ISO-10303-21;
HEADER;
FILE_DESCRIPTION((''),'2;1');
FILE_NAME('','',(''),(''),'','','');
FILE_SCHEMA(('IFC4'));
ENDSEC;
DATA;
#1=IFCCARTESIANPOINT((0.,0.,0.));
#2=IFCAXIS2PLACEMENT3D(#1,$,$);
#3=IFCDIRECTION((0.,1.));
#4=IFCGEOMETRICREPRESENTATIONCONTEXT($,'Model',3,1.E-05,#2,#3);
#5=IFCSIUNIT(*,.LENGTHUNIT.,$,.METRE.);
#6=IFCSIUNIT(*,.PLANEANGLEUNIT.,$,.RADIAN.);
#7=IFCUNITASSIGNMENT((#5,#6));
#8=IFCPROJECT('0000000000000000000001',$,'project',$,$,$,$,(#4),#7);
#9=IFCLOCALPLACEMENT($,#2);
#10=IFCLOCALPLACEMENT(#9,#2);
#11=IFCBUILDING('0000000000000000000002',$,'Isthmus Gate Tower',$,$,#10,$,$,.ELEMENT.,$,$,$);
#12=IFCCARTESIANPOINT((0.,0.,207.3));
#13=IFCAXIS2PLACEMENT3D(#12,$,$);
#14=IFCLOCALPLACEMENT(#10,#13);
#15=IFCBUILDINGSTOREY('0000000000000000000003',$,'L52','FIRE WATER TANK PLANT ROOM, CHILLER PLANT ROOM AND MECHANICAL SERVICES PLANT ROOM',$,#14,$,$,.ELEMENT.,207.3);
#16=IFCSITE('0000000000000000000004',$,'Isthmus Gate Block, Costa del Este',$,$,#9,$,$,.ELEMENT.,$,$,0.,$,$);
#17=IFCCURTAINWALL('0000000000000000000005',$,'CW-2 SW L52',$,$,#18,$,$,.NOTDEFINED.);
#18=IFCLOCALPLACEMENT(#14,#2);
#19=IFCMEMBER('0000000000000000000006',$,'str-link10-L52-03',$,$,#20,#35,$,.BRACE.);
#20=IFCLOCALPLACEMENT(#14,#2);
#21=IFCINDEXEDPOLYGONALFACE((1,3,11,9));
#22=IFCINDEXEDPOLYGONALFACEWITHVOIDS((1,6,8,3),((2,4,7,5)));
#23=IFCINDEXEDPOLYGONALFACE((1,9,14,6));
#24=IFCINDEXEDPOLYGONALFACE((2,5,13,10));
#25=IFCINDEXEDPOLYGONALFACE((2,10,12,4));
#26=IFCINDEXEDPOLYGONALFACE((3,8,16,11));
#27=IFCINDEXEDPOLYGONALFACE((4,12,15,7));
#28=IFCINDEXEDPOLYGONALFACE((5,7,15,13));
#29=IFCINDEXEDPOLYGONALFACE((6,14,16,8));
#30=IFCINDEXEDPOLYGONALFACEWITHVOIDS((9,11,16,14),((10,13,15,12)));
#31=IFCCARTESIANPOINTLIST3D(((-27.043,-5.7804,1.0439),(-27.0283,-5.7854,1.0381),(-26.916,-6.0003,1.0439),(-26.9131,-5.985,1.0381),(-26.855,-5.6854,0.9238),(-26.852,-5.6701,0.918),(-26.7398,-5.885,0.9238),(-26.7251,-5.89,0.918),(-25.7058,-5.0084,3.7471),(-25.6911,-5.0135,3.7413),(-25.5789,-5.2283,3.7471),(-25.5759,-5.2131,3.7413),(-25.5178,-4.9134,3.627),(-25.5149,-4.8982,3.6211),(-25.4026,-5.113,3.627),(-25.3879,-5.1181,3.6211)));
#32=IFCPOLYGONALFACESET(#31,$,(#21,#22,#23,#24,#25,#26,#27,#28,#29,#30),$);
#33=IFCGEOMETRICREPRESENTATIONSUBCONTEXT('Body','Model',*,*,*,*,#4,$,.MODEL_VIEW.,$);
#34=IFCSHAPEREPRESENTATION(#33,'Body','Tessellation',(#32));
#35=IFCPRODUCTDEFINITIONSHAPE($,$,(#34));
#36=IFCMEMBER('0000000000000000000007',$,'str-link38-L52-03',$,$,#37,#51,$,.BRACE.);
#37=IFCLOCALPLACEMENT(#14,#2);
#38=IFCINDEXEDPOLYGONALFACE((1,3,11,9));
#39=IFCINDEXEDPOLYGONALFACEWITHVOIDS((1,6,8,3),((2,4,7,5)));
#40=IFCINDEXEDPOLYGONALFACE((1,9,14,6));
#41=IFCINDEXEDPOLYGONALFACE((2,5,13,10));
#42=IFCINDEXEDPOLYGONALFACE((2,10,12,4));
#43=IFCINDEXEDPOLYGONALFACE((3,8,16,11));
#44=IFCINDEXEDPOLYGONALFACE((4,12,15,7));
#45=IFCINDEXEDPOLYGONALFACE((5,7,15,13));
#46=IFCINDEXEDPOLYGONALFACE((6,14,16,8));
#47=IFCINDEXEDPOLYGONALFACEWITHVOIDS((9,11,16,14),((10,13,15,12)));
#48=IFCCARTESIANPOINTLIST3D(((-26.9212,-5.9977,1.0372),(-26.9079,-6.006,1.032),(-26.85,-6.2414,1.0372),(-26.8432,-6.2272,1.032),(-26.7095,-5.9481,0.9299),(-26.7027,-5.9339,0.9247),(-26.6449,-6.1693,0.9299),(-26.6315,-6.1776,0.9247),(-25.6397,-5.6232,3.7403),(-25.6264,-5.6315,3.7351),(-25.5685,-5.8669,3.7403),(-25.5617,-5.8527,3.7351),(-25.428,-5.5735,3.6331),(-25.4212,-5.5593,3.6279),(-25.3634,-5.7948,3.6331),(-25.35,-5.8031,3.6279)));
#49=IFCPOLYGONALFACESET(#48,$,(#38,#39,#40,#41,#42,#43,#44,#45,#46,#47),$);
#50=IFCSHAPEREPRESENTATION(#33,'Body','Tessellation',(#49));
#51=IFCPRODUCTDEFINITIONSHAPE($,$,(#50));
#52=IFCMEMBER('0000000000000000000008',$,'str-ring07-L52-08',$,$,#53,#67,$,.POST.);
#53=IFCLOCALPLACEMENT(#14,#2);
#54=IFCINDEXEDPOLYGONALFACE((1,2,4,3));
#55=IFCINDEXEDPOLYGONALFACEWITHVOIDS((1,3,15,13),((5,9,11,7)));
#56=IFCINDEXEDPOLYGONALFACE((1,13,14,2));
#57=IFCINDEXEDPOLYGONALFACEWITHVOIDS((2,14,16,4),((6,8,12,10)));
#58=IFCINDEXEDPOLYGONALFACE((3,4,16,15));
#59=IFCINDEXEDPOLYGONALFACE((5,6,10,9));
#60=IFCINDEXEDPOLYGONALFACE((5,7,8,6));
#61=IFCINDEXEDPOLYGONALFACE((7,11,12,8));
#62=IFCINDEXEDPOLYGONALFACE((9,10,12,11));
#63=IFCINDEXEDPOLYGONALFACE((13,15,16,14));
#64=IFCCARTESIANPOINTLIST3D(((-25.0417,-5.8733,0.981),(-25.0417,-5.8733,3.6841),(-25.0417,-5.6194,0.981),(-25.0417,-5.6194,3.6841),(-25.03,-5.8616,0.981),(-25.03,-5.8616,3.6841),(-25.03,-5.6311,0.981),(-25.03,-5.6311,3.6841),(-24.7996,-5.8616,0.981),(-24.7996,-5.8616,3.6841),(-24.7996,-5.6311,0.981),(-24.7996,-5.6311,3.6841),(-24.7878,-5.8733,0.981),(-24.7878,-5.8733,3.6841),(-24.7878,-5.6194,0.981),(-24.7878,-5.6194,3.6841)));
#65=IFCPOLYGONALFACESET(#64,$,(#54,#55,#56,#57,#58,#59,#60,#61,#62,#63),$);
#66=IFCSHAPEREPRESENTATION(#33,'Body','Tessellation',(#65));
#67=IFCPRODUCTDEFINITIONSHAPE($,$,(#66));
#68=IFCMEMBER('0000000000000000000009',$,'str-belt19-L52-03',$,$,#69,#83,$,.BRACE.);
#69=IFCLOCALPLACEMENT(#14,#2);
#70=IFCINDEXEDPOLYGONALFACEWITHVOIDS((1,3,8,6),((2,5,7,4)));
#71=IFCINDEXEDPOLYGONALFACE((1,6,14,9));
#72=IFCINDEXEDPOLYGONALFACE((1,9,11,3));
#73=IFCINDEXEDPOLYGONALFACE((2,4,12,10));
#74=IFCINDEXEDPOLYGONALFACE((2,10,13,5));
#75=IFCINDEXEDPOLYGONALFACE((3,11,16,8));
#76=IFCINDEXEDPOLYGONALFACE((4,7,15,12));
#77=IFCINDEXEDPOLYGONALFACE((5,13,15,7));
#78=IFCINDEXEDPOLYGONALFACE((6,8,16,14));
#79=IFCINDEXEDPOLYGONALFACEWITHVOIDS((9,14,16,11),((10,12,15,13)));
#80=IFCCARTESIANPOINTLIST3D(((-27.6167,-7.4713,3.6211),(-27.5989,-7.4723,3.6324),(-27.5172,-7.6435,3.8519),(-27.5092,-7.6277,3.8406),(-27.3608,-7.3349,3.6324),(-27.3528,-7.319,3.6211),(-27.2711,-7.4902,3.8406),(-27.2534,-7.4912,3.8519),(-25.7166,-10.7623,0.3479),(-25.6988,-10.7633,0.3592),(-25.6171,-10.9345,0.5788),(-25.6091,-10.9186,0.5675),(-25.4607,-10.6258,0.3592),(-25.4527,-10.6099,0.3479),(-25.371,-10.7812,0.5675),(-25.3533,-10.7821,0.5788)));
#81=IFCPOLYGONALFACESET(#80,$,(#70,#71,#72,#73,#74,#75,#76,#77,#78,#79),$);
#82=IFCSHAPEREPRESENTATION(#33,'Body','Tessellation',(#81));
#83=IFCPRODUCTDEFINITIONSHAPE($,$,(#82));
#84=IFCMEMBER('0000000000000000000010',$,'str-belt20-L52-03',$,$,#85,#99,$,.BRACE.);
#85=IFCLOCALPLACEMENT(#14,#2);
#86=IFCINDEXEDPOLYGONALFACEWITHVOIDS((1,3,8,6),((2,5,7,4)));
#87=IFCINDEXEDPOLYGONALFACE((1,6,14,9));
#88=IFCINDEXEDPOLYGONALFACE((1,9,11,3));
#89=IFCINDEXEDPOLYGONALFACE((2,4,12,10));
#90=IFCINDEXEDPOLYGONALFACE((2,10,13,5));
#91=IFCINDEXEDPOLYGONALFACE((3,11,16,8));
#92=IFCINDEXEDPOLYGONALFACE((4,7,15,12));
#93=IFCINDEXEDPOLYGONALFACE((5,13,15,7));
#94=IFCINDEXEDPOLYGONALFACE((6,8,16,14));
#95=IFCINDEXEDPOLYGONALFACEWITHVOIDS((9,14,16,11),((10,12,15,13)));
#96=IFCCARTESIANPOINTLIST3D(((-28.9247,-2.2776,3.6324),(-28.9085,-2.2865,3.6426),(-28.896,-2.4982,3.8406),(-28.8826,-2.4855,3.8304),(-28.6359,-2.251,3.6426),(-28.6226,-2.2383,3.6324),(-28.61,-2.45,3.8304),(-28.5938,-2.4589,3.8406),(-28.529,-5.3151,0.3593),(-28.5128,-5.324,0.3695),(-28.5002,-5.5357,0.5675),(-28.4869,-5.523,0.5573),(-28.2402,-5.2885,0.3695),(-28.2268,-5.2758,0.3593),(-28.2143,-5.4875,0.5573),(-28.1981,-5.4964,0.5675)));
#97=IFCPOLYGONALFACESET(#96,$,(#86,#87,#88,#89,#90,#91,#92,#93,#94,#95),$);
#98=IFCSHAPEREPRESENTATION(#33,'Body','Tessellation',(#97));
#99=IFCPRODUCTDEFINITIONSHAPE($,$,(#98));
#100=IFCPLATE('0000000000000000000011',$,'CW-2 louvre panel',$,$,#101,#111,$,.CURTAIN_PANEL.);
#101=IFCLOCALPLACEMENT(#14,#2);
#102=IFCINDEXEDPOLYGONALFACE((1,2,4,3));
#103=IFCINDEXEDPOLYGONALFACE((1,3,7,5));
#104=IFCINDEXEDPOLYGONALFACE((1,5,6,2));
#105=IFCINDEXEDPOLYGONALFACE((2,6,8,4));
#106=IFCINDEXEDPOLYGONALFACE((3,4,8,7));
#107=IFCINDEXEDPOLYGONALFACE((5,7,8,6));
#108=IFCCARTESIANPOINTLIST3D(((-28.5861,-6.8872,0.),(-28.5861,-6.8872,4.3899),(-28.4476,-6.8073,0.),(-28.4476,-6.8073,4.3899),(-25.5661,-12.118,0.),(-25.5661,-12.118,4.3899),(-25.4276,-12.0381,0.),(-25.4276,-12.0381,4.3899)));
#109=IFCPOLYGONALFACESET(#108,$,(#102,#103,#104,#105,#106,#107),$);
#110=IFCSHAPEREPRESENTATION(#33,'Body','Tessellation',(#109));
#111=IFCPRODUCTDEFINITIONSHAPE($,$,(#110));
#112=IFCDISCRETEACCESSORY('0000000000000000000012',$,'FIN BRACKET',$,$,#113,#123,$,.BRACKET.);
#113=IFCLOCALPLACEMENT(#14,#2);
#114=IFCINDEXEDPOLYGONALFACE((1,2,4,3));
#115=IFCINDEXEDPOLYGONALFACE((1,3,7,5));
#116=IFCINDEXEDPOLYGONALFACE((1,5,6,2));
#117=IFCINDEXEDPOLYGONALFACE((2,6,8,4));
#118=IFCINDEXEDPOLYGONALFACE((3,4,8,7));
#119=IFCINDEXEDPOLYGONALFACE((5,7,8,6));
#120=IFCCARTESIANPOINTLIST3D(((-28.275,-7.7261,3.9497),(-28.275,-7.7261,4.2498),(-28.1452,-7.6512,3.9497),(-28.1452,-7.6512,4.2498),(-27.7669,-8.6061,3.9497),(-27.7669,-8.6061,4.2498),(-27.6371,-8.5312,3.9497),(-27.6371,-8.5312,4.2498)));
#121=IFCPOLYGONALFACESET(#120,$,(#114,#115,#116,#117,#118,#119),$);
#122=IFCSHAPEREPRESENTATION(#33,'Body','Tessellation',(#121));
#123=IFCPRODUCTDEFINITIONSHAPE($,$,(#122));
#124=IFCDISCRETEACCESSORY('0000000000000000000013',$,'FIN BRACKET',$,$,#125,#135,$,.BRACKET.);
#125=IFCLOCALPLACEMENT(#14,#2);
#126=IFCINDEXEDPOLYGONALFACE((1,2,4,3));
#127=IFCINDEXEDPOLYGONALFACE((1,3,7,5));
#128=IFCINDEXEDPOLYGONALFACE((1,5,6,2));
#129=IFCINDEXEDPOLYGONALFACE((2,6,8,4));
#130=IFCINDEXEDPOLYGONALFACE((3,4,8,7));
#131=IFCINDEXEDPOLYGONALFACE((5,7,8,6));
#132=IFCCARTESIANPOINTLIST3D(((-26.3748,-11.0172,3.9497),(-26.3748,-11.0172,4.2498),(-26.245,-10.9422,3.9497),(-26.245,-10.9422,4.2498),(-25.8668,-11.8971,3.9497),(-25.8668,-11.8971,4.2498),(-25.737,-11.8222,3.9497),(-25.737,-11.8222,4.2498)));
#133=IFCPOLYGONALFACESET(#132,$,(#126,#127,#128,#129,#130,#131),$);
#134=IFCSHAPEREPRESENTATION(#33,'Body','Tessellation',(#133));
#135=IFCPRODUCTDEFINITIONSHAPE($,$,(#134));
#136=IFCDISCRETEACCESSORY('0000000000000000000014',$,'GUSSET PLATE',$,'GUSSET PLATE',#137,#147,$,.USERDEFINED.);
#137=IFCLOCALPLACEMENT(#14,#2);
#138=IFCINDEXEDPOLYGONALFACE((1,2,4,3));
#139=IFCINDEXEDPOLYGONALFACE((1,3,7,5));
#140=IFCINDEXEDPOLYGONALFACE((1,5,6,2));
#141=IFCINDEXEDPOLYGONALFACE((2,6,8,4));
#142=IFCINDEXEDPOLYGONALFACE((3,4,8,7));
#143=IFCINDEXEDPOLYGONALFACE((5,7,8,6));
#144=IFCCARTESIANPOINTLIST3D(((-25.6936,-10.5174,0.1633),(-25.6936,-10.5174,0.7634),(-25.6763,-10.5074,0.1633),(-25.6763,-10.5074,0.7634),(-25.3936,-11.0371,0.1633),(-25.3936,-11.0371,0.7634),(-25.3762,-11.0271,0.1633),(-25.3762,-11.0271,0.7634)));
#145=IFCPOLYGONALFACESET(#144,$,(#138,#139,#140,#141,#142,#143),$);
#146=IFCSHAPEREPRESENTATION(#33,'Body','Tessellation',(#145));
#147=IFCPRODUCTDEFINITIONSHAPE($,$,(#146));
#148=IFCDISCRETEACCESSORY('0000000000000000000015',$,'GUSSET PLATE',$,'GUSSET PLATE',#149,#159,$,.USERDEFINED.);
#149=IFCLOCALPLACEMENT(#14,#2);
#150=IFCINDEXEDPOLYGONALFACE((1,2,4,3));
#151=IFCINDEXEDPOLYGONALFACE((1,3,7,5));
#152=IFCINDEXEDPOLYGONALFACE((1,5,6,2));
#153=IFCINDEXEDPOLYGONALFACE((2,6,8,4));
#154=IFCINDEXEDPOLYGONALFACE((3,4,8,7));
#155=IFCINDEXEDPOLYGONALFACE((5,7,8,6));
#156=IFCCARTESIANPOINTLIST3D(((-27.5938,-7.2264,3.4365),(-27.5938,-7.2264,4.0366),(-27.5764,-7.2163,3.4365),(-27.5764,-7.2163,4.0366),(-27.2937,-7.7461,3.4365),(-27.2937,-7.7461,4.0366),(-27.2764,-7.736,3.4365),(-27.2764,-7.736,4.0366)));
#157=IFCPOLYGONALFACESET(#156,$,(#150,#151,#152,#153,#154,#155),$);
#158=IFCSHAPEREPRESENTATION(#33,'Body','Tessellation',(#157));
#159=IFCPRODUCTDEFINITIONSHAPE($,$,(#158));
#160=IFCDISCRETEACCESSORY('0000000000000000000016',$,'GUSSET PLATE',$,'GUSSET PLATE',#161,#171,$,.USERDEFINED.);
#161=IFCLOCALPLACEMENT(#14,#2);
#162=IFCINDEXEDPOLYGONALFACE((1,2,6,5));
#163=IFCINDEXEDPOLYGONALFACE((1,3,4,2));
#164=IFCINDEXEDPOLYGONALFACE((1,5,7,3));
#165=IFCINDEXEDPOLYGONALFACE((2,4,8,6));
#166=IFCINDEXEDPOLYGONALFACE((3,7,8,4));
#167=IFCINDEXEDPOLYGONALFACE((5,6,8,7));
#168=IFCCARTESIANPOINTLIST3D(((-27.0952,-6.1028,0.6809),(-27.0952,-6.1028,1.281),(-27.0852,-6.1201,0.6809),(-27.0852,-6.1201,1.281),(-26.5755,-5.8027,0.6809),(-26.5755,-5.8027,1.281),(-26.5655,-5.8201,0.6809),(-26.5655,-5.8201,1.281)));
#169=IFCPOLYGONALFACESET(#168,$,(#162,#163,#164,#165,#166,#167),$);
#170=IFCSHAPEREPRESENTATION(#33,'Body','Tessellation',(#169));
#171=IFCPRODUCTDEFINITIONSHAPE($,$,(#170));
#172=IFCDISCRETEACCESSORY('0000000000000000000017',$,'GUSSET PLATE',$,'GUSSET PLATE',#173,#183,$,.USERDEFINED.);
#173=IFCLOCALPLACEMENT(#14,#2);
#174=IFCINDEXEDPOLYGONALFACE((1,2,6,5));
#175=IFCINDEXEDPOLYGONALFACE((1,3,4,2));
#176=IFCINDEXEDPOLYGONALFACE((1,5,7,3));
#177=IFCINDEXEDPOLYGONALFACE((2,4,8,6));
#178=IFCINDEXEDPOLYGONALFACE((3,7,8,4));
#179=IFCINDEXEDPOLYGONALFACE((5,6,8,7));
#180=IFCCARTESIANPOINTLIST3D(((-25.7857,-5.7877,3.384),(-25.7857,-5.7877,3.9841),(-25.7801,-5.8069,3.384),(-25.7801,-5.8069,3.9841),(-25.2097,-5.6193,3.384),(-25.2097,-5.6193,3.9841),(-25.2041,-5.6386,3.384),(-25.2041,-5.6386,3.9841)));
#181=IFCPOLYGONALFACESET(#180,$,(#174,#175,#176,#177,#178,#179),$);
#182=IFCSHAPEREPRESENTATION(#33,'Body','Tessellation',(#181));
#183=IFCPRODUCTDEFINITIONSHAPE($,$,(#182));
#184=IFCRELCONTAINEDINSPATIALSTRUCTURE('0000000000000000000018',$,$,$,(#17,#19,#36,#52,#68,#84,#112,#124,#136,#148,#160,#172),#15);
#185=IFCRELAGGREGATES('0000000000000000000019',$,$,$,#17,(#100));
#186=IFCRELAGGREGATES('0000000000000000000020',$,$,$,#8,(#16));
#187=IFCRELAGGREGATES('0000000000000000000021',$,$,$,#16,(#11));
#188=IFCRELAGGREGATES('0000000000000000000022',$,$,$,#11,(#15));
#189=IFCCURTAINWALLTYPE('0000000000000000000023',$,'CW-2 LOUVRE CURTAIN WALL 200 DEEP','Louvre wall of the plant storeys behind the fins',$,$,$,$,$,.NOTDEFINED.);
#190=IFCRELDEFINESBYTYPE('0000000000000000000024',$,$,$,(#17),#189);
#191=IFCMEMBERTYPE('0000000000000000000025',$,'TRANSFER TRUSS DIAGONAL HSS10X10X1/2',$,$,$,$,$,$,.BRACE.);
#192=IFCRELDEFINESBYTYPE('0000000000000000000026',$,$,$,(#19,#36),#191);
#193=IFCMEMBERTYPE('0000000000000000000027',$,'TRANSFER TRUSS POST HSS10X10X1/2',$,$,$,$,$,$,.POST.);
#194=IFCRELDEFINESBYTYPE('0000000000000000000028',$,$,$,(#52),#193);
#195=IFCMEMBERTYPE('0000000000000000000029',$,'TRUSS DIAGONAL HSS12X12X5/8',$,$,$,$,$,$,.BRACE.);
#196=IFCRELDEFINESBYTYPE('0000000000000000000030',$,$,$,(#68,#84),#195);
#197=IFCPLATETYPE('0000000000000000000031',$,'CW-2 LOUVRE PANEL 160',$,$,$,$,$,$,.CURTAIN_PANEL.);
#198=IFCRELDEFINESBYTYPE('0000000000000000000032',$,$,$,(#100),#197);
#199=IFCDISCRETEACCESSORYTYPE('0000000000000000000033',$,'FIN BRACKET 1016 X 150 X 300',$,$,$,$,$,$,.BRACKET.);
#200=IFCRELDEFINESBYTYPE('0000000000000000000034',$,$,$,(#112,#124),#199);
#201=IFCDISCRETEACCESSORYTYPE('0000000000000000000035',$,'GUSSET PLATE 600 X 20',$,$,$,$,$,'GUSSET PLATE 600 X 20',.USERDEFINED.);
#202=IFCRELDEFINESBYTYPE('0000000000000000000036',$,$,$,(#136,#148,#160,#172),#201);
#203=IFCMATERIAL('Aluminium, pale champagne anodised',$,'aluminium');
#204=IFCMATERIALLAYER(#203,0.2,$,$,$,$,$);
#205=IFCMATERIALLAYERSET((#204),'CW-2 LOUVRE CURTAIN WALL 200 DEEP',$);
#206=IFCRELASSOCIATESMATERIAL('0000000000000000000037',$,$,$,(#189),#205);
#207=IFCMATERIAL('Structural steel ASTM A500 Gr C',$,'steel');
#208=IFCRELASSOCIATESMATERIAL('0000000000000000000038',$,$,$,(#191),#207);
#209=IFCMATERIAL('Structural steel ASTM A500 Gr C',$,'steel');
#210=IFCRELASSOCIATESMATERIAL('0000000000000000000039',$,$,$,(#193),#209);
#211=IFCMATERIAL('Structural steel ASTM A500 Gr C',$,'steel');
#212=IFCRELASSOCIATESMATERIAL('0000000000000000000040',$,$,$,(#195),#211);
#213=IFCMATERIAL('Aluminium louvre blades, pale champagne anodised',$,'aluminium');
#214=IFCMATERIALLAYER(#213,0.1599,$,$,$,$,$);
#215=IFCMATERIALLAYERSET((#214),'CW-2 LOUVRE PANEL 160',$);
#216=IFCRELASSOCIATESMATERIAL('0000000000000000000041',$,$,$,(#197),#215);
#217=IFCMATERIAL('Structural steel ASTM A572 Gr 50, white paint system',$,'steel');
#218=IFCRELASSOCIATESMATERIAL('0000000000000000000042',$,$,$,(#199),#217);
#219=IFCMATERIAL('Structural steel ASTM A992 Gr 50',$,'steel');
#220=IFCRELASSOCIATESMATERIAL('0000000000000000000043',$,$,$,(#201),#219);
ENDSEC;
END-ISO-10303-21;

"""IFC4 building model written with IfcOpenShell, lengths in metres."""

from ifc_helpers import new_model, si_unit, direction, frame, origin, origin_2d, place, context, subcontext, project, spatial, rectangle, hollow_rectangle, extrude, material, layer, layer_set, material_profile, profile_set, type_object, element, aggregate, save


model = new_model("IFC4")

# Units and contexts
model_context = context("Model", 3, precision=1e-05, world=origin(), true_north=direction((0.0, 1.0)))
body_context = subcontext(model_context, "Body", "Model", "MODEL_VIEW")
ifc_project = project(units=[si_unit("LENGTHUNIT", "METRE"), si_unit("PLANEANGLEUNIT", "RADIAN")], contexts=[model_context])

# Site, building, storey
site_placement = place(None, origin())
site = spatial("IfcSite", under=ifc_project, at=site_placement, Name="Isthmus Gate Block, Costa del Este", CompositionType="ELEMENT", RefElevation=0.0)
building_placement = place(site_placement, origin())
building = spatial("IfcBuilding", under=site, at=building_placement, Name="Isthmus Gate Tower", CompositionType="ELEMENT")
storey_placement = place(building_placement, frame((0.0, 0.0, 207.3)))
storey = spatial("IfcBuildingStorey", under=building, at=storey_placement, Name="L52", Description="FIRE WATER TANK PLANT ROOM, CHILLER PLANT ROOM AND MECHANICAL SERVICES PLANT ROOM", CompositionType="ELEMENT", Elevation=207.3)

# Curtain wall
ifc_material_1 = material(Name="Aluminium, pale champagne anodised", Category="aluminium")
ifc_layer_1 = layer(ifc_material_1, 0.2)
ifc_layer_set_1 = layer_set([ifc_layer_1], Name="CW-2 LOUVRE CURTAIN WALL 200 DEEP")
curtain_wall_type = type_object("IfcCurtainWallType", Name="CW-2 LOUVRE CURTAIN WALL 200 DEEP", Description="Louvre wall of the plant storeys behind the fins", PredefinedType="NOTDEFINED", material=ifc_layer_set_1)
curtain_wall_placement = place(storey_placement, origin())
curtain_wall = element("IfcCurtainWall", 1, at=curtain_wall_placement, inside=storey, type_object=curtain_wall_type, Name="CW-2 SW L52", PredefinedType="NOTDEFINED")

# Members
ifc_material_2 = material(Name="Structural steel ASTM A500 Gr C", Category="steel")
ifc_material_profile_1 = material_profile(ifc_material_2, hollow_rectangle(XDim=0.2539, YDim=0.2539, WallThickness=0.0117, at=origin_2d()), Name="HSS10X10X1/2")
ifc_profile_set_1 = profile_set([ifc_material_profile_1], Name="Structural steel ASTM A500 Gr C")
member_type_1 = type_object("IfcMemberType", Name="TRANSFER TRUSS DIAGONAL HSS10X10X1/2", PredefinedType="BRACE", material=ifc_profile_set_1)
member_1_placement = place(storey_placement, frame((-26.884, -5.8352, 0.981), z_axis=(0.429539, 0.247983, 0.868332), x_axis=(-0.499983, 0.866035, 0.0)))
element("IfcMember", 2, at=member_1_placement, inside=storey, type_object=member_type_1, Name="str-link10-L52-03", PredefinedType="BRACE", context=body_context, shape_type="SweptSolid", body=[
    extrude(hollow_rectangle(XDim=0.2539, YDim=0.2539, WallThickness=0.0117, at=origin_2d()), origin(), (0.0, 0.0, 1.0), 3.113),
])
member_2_placement = place(storey_placement, frame((-26.7764, -6.0876, 0.981), z_axis=(0.425059, 0.124222, 0.896601), x_axis=(-0.280513, 0.95985, 0.0)))
element("IfcMember", 3, at=member_2_placement, inside=storey, type_object=member_type_1, Name="str-link38-L52-03", PredefinedType="BRACE", context=body_context, shape_type="SweptSolid", body=[
    extrude(hollow_rectangle(XDim=0.2539, YDim=0.2539, WallThickness=0.0117, at=origin_2d()), origin(), (0.0, 0.0, 1.0), 3.0149),
])
ifc_material_3 = material(Name="Structural steel ASTM A500 Gr C", Category="steel")
ifc_material_profile_2 = material_profile(ifc_material_3, hollow_rectangle(XDim=0.2539, YDim=0.2539, WallThickness=0.0117, at=origin_2d()), Name="HSS10X10X1/2")
ifc_profile_set_2 = profile_set([ifc_material_profile_2], Name="Structural steel ASTM A500 Gr C")
member_type_2 = type_object("IfcMemberType", Name="TRANSFER TRUSS POST HSS10X10X1/2", PredefinedType="POST", material=ifc_profile_set_2)
member_3_placement = place(storey_placement, frame((-24.9148, -5.7463, 0.981), z_axis=(0.0, 0.0, 1.0), x_axis=(1.0, 0.0, 0.0)))
element("IfcMember", 4, at=member_3_placement, inside=storey, type_object=member_type_2, Name="str-ring07-L52-08", PredefinedType="POST", context=body_context, shape_type="SweptSolid", body=[
    extrude(hollow_rectangle(XDim=0.2539, YDim=0.2539, WallThickness=0.0117, at=origin_2d()), origin(), (0.0, 0.0, 1.0), 2.7031),
])
ifc_material_4 = material(Name="Structural steel ASTM A500 Gr C", Category="steel")
ifc_material_profile_3 = material_profile(ifc_material_4, hollow_rectangle(XDim=0.3047, YDim=0.3047, WallThickness=0.0149, at=origin_2d()), Name="HSS12X12X5/8")
ifc_profile_set_3 = profile_set([ifc_material_profile_3], Name="Structural steel ASTM A500 Gr C")
member_type_3 = type_object("IfcMemberType", Name="TRUSS DIAGONAL HSS12X12X5/8", PredefinedType="BRACE", material=ifc_profile_set_3)
member_4_placement = place(storey_placement, frame((-25.5349, -10.7722, 0.4634), z_axis=(-0.378856, 0.65617, 0.652617), x_axis=(-0.866017, -0.500015, 0.0)))
element("IfcMember", 5, at=member_4_placement, inside=storey, type_object=member_type_3, Name="str-belt19-L52-03", PredefinedType="BRACE", context=body_context, shape_type="SweptSolid", body=[
    extrude(hollow_rectangle(XDim=0.3047, YDim=0.3047, WallThickness=0.0149, at=origin_2d()), origin(), (0.0, 0.0, 1.0), 5.0154),
])
member_5_placement = place(storey_placement, frame((-28.3635, -5.4058, 0.4634), z_axis=(-0.088278, 0.677579, 0.730132), x_axis=(-0.99162, -0.129193, 0.0)))
element("IfcMember", 6, at=member_5_placement, inside=storey, type_object=member_type_3, Name="str-belt20-L52-03", PredefinedType="BRACE", context=body_context, shape_type="SweptSolid", body=[
    extrude(hollow_rectangle(XDim=0.3047, YDim=0.3047, WallThickness=0.0149, at=origin_2d()), origin(), (0.0, 0.0, 1.0), 4.4829),
])

# Plate
ifc_material_5 = material(Name="Aluminium louvre blades, pale champagne anodised", Category="aluminium")
ifc_layer_2 = layer(ifc_material_5, 0.1599)
ifc_layer_set_2 = layer_set([ifc_layer_2], Name="CW-2 LOUVRE PANEL 160")
plate_type = type_object("IfcPlateType", Name="CW-2 LOUVRE PANEL 160", PredefinedType="CURTAIN_PANEL", material=ifc_layer_set_2)
plate_placement = place(storey_placement, frame((-27.0068, -9.4626, 0.0), z_axis=(0.0, 0.0, 1.0), x_axis=(0.5, -0.866025, 0.0)))
plate = element("IfcPlate", 7, at=plate_placement, type_object=plate_type, Name="CW-2 louvre panel", PredefinedType="CURTAIN_PANEL", context=body_context, shape_type="SweptSolid", body=[
    extrude(rectangle(XDim=6.04, YDim=0.1599, at=origin_2d()), origin(), (0.0, 0.0, 1.0), 4.3899),
])
aggregate(curtain_wall, [plate])

# Discrete accessories
ifc_material_6 = material(Name="Structural steel ASTM A572 Gr 50, white paint system", Category="steel")
discrete_accessory_type_1 = type_object("IfcDiscreteAccessoryType", Name="FIN BRACKET 1016 X 150 X 300", PredefinedType="BRACKET", material=ifc_material_6)
for number, where, z_axis, x_axis, name in (
    (8, (-27.9561, -8.1287, 3.9497), (0.0, 0.0, 1.0), (-0.866025, -0.5, 0.0), "FIN BRACKET"),
    (9, (-26.0559, -11.4197, 3.9497), (0.0, 0.0, 1.0), (-0.866025, -0.5, 0.0), "FIN BRACKET"),
):
    element("IfcDiscreteAccessory", number, at=place(storey_placement, frame(where, z_axis=z_axis, x_axis=x_axis)), inside=storey, type_object=discrete_accessory_type_1, Name=name, PredefinedType="BRACKET", context=body_context, shape_type="SweptSolid", body=[
        extrude(rectangle(XDim=0.1499, YDim=1.0161, at=origin_2d()), origin(), (0.0, 0.0, 1.0), 0.3),
    ])
ifc_material_7 = material(Name="Structural steel ASTM A992 Gr 50", Category="steel")
discrete_accessory_type_2 = type_object("IfcDiscreteAccessoryType", Name="GUSSET PLATE 600 X 20", ElementType="GUSSET PLATE 600 X 20", PredefinedType="USERDEFINED", material=ifc_material_7)
for number, where, z_axis, x_axis, name in (
    (10, (-25.5349, -10.7722, 0.1633), (0.0, 0.0, 1.0), (-0.5, 0.866025, 0.0), "GUSSET PLATE"),
    (11, (-27.4351, -7.4812, 3.4365), (0.0, 0.0, 1.0), (-0.5, 0.866025, 0.0), "GUSSET PLATE"),
    (12, (-26.8303, -5.9614, 0.6809), (0.0, 0.0, 1.0), (0.866025, 0.5, 0.0), "GUSSET PLATE"),
    (13, (-25.4949, -5.7131, 3.384), (0.0, 0.0, 1.0), (0.959835, 0.280566, 0.0), "GUSSET PLATE"),
):
    element("IfcDiscreteAccessory", number, at=place(storey_placement, frame(where, z_axis=z_axis, x_axis=x_axis)), inside=storey, type_object=discrete_accessory_type_2, Name=name, ObjectType="GUSSET PLATE", PredefinedType="USERDEFINED", context=body_context, shape_type="SweptSolid", body=[
        extrude(rectangle(XDim=0.6001, YDim=0.02, at=origin_2d()), origin(), (0.0, 0.0, 1.0), 0.6001),
    ])

save(model, "model.ifc")
